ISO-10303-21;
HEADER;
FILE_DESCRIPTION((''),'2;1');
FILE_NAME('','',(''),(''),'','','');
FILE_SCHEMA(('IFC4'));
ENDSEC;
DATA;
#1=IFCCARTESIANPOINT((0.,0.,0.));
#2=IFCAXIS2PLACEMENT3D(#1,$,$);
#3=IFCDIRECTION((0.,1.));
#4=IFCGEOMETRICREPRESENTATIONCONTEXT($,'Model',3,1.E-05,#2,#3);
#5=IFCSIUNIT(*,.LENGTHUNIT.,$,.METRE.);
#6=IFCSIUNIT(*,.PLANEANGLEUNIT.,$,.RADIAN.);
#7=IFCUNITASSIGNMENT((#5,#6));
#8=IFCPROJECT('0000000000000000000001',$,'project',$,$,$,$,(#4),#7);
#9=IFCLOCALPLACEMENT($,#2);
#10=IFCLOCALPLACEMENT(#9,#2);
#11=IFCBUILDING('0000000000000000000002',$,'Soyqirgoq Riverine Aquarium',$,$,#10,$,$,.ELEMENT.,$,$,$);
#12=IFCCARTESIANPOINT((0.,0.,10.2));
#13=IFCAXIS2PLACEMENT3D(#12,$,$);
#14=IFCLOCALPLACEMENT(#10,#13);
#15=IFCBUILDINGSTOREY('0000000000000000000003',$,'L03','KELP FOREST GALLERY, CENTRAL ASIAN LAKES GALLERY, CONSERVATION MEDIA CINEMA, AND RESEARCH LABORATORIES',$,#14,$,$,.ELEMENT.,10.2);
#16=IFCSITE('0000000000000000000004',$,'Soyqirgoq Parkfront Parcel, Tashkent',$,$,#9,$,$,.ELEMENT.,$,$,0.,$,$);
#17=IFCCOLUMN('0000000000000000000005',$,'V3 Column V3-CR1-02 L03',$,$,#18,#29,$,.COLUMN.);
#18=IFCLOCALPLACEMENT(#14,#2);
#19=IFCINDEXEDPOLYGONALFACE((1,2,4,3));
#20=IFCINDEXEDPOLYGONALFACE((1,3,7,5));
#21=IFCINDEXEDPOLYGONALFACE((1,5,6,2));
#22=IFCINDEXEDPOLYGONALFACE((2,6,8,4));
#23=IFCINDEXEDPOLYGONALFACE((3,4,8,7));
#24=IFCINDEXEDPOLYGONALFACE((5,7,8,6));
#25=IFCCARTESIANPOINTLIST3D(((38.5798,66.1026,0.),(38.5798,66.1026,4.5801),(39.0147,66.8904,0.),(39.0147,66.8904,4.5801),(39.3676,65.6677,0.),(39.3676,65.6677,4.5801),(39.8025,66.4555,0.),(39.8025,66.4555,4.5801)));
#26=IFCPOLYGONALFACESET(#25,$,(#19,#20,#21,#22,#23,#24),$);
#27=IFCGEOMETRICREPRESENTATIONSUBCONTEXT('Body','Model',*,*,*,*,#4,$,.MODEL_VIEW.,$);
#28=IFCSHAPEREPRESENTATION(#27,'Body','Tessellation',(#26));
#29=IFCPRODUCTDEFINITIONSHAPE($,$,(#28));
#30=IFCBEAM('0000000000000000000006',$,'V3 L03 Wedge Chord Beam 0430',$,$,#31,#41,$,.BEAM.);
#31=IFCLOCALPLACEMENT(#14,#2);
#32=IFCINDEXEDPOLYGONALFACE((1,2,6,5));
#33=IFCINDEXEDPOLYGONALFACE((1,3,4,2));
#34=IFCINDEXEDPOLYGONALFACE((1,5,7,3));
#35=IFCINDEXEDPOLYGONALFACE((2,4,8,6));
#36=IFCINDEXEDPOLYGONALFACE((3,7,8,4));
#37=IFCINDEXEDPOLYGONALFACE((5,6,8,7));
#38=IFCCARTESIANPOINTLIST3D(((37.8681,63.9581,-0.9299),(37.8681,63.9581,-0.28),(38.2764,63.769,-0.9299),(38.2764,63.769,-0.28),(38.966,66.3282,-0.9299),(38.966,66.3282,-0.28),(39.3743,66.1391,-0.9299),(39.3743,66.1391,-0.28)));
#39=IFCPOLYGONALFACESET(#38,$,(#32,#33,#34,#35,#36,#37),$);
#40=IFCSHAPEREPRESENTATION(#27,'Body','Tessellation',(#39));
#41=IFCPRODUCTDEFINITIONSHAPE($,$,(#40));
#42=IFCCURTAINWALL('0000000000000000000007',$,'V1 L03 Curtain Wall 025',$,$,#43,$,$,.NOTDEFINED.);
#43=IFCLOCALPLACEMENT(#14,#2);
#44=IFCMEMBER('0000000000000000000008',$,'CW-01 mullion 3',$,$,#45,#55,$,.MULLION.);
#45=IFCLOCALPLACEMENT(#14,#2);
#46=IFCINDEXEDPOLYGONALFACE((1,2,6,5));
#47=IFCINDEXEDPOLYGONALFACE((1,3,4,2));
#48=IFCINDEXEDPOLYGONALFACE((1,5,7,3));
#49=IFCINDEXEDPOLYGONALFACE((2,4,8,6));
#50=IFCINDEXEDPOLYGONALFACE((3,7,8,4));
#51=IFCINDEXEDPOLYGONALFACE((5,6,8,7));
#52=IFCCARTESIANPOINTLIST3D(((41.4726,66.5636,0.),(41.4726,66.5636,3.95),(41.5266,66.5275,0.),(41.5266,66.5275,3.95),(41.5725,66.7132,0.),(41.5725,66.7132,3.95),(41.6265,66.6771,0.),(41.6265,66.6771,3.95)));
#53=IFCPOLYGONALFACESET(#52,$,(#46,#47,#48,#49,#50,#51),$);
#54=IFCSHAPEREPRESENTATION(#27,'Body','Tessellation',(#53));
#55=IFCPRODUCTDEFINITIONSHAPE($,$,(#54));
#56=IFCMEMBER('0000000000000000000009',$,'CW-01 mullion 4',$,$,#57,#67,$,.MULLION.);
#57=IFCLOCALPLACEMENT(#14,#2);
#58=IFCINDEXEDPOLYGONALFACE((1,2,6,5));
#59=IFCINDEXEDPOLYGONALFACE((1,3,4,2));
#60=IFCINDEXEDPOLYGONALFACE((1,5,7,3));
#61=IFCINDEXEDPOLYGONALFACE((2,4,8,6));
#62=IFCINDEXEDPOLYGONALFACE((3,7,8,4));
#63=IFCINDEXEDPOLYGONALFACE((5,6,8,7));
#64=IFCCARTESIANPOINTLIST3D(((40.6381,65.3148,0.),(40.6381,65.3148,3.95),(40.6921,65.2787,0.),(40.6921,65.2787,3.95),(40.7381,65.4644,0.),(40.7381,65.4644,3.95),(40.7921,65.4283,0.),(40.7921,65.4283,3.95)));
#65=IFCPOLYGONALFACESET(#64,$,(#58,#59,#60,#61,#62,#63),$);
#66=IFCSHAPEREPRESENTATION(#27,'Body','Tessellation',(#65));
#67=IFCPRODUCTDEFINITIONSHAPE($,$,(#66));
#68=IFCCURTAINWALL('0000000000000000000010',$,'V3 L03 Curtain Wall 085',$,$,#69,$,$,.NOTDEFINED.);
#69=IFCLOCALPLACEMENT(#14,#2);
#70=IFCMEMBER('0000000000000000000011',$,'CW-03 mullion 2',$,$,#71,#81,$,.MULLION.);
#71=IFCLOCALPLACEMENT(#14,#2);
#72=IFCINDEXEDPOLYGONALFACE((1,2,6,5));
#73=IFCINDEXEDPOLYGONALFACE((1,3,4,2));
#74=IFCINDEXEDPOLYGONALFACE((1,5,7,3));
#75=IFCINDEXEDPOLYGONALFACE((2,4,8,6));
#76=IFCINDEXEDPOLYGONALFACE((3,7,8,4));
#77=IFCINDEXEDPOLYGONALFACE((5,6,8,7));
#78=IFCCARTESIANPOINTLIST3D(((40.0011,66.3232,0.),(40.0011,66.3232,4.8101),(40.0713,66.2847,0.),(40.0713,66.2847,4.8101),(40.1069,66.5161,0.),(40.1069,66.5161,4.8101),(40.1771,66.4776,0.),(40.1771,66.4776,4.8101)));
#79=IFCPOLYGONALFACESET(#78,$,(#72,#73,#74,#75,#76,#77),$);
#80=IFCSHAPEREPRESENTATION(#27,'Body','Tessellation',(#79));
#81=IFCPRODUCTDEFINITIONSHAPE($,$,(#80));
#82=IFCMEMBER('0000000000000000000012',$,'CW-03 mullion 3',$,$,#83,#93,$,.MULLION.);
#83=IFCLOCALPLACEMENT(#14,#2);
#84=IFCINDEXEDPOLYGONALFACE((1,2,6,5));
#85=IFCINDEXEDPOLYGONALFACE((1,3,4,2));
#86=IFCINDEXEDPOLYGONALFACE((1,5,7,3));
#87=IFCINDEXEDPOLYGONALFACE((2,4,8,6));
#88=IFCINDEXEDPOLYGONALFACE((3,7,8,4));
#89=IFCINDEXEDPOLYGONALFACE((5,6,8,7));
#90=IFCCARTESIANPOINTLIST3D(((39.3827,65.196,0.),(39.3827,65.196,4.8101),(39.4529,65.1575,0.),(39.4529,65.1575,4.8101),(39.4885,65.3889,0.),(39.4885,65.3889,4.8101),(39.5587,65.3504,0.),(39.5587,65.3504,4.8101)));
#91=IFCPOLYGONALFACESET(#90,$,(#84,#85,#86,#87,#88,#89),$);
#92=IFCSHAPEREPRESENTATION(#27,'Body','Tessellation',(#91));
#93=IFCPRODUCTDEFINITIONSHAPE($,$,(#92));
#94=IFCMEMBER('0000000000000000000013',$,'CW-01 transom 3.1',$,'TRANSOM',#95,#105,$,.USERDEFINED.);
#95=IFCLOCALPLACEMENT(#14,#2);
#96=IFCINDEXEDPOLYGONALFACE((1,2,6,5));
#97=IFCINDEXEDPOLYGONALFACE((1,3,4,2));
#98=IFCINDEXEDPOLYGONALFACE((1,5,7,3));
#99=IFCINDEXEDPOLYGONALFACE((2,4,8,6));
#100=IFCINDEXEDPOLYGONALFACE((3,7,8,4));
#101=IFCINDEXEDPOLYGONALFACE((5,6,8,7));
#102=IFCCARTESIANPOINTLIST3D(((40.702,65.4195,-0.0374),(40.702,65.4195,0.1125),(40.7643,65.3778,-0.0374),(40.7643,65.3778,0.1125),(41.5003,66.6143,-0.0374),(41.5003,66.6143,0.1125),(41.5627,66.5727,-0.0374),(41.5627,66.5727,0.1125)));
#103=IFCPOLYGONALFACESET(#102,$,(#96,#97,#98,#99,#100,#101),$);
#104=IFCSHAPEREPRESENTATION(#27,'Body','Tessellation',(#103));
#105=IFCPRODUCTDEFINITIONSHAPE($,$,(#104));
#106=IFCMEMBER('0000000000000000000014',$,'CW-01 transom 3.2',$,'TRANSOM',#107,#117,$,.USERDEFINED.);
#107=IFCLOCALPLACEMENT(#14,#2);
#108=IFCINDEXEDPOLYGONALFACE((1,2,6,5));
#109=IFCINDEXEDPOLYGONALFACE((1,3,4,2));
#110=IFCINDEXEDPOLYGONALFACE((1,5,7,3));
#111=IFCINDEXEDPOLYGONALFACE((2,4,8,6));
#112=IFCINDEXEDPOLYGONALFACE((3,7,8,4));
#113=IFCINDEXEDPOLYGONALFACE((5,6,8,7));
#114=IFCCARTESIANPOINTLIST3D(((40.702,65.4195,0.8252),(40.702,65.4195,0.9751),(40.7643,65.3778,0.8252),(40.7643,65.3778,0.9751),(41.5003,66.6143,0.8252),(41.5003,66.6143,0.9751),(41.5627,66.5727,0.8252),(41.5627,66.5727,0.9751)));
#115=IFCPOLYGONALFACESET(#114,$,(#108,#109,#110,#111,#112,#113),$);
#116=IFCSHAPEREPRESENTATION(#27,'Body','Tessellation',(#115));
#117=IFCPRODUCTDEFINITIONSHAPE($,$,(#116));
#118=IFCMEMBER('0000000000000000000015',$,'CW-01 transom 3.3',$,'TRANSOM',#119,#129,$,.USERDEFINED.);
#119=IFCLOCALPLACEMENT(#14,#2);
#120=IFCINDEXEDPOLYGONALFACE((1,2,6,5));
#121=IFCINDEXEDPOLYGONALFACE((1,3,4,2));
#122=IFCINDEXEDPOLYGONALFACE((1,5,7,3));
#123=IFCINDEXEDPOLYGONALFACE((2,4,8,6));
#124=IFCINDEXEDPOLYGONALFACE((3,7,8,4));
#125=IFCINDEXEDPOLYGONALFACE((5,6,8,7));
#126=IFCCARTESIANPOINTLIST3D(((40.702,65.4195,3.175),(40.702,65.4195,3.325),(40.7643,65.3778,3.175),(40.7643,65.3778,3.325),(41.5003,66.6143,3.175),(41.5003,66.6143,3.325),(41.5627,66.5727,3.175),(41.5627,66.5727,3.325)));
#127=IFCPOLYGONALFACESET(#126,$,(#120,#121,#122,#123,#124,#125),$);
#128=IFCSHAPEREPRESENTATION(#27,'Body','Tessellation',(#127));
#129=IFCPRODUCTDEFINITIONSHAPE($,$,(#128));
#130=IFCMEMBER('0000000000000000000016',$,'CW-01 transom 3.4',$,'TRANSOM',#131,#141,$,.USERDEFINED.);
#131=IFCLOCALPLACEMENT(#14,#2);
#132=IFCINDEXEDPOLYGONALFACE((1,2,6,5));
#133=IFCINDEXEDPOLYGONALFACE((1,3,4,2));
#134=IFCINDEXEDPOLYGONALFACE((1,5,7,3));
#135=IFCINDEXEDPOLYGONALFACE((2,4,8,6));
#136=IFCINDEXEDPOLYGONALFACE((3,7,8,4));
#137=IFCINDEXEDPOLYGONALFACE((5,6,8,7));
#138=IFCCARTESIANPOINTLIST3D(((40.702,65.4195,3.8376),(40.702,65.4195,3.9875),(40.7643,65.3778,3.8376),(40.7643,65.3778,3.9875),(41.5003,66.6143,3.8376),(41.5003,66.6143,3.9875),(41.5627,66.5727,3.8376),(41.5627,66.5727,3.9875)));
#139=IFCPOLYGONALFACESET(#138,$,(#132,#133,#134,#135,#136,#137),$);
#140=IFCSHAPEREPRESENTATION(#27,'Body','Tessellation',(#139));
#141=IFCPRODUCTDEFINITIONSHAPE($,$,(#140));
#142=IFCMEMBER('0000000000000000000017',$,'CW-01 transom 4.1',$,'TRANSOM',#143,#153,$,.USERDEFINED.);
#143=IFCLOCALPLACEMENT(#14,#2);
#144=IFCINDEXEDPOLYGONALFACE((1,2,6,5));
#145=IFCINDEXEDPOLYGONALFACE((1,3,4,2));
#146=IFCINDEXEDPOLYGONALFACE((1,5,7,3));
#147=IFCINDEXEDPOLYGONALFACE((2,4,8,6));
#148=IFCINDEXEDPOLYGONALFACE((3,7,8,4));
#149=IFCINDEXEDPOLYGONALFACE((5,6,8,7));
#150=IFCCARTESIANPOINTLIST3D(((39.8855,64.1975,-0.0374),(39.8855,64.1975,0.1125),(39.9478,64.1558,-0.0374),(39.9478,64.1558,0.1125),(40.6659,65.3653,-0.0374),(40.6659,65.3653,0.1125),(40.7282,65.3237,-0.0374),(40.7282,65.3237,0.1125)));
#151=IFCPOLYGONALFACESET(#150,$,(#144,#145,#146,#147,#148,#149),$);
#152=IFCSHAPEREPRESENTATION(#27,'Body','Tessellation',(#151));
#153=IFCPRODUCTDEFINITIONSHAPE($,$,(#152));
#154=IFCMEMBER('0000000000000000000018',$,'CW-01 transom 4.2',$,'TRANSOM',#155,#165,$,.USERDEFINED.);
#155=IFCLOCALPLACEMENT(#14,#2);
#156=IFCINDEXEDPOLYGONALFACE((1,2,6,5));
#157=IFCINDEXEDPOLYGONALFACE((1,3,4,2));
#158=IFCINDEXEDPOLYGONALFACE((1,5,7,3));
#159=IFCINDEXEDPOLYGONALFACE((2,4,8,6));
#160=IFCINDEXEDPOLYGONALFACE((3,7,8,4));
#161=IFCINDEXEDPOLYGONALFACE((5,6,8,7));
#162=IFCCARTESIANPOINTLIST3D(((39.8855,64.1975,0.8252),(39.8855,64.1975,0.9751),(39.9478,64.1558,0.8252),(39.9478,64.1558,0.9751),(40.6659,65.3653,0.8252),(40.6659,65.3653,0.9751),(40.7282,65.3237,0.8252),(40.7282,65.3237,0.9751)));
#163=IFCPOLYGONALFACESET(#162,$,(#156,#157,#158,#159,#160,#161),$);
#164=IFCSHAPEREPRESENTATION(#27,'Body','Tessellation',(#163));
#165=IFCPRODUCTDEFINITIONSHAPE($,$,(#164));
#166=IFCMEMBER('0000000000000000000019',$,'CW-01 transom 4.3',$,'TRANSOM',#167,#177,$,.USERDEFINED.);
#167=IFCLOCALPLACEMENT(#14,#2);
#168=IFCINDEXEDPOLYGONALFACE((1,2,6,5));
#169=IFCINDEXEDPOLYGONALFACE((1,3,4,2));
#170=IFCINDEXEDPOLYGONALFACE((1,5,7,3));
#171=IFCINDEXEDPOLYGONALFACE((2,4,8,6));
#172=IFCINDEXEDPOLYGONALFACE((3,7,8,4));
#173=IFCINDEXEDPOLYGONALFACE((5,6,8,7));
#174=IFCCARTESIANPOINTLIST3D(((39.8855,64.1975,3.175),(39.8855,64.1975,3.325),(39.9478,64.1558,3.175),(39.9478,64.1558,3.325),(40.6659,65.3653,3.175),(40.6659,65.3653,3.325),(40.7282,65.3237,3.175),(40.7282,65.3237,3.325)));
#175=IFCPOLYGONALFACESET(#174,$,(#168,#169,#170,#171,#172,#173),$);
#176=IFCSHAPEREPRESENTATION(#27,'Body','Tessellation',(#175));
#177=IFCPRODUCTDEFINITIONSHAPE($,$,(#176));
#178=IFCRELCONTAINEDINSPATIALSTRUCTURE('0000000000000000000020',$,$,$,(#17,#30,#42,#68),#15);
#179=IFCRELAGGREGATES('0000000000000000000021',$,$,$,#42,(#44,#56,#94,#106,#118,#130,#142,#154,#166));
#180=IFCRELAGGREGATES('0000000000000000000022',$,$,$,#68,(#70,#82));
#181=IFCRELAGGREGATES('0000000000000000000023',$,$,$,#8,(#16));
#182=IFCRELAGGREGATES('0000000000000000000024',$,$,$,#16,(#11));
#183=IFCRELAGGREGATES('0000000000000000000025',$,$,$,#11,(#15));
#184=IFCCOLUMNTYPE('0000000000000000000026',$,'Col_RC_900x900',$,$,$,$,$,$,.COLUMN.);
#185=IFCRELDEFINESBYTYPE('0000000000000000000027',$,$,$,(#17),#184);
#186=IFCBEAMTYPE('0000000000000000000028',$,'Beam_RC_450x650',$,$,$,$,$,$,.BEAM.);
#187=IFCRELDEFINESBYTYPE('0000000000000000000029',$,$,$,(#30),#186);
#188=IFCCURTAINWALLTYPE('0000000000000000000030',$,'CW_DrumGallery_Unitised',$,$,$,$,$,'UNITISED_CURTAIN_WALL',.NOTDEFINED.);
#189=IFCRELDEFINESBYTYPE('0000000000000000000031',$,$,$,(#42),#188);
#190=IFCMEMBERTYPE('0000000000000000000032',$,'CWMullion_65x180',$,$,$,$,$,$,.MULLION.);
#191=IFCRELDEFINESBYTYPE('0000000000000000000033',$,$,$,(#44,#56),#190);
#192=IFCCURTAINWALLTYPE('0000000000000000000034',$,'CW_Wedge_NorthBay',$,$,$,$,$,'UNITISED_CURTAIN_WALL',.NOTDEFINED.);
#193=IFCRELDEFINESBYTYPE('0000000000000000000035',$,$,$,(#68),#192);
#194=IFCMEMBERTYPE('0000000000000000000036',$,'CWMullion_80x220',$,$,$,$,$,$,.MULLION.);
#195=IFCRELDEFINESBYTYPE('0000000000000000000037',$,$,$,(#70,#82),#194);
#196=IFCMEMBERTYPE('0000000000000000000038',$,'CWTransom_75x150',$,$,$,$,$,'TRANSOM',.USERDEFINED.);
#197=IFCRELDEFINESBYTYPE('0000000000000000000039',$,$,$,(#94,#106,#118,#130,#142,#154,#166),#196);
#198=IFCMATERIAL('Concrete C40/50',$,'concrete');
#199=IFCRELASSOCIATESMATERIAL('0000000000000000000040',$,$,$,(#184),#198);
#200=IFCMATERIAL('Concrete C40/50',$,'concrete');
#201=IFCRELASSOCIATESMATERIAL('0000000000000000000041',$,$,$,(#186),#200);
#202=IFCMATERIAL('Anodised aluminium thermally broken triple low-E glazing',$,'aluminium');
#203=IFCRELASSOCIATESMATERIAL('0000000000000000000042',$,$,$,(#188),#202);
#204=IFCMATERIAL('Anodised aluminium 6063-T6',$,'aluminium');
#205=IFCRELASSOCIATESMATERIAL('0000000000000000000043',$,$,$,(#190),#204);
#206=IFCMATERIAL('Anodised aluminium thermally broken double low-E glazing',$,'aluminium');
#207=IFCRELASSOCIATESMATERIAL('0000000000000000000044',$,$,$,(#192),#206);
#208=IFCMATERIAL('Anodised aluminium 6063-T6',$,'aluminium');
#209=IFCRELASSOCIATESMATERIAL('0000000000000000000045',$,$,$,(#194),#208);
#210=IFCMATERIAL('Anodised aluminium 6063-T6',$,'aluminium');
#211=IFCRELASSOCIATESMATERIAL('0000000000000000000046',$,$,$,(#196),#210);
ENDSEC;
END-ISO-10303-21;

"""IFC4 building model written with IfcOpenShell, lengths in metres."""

from ifc_helpers import new_model, si_unit, direction, frame, origin, origin_2d, place, context, subcontext, project, spatial, rectangle, extrude, material, material_profile, profile_set, type_object, element, aggregate, save


model = new_model("IFC4")

# Units and contexts
model_context = context("Model", 3, precision=1e-05, world=origin(), true_north=direction((0.0, 1.0)))
body_context = subcontext(model_context, "Body", "Model", "MODEL_VIEW")
ifc_project = project(units=[si_unit("LENGTHUNIT", "METRE"), si_unit("PLANEANGLEUNIT", "RADIAN")], contexts=[model_context])

# Site, building, storey
site_placement = place(None, origin())
site = spatial("IfcSite", under=ifc_project, at=site_placement, Name="Soyqirgoq Parkfront Parcel, Tashkent", CompositionType="ELEMENT", RefElevation=0.0)
building_placement = place(site_placement, origin())
building = spatial("IfcBuilding", under=site, at=building_placement, Name="Soyqirgoq Riverine Aquarium", CompositionType="ELEMENT")
storey_placement = place(building_placement, frame((0.0, 0.0, 10.2)))
storey = spatial("IfcBuildingStorey", under=building, at=storey_placement, Name="L03", Description="KELP FOREST GALLERY, CENTRAL ASIAN LAKES GALLERY, CONSERVATION MEDIA CINEMA, AND RESEARCH LABORATORIES", CompositionType="ELEMENT", Elevation=10.2)

# Column
ifc_material_1 = material(Name="Concrete C40/50", Category="concrete")
ifc_material_profile_1 = material_profile(ifc_material_1, rectangle(XDim=0.8999, YDim=0.8999, at=origin_2d()), Name="RC 900x900")
ifc_profile_set_1 = profile_set([ifc_material_profile_1], Name="Concrete C40/50")
column_type = type_object("IfcColumnType", Name="Col_RC_900x900", PredefinedType="COLUMN", material=ifc_profile_set_1)
column_placement = place(storey_placement, frame((39.1912, 66.2791, 0.0), z_axis=(0.0, 0.0, 1.0), x_axis=(-0.875465, 0.483282, 0.0)))
element("IfcColumn", 1, at=column_placement, inside=storey, type_object=column_type, Name="V3 Column V3-CR1-02 L03", PredefinedType="COLUMN", context=body_context, shape_type="SweptSolid", body=[
    extrude(rectangle(XDim=0.8999, YDim=0.8999, at=origin_2d()), origin(), (0.0, 0.0, 1.0), 4.5801),
])

# Beam
ifc_material_2 = material(Name="Concrete C40/50", Category="concrete")
ifc_material_profile_2 = material_profile(ifc_material_2, rectangle(XDim=0.45, YDim=0.6499, at=origin_2d()), Name="RC 450x650")
ifc_profile_set_2 = profile_set([ifc_material_profile_2], Name="Concrete C40/50")
beam_type_1 = type_object("IfcBeamType", Name="Beam_RC_450x650", PredefinedType="BEAM", material=ifc_profile_set_2)
beam_1_placement = place(storey_placement, frame((39.1702, 66.2336, -0.605), z_axis=(-0.42032, -0.907376, 0.0), x_axis=(0.907376, -0.42032, 0.0)))
element("IfcBeam", 2, at=beam_1_placement, inside=storey, type_object=beam_type_1, Name="V3 L03 Wedge Chord Beam 0430", PredefinedType="BEAM", context=body_context, shape_type="SweptSolid", body=[
    extrude(rectangle(XDim=0.45, YDim=0.6499, at=origin_2d()), origin(), (0.0, 0.0, 1.0), 2.6121),
])

# Curtain walls, members
ifc_material_3 = material(Name="Anodised aluminium thermally broken triple low-E glazing", Category="aluminium")
curtain_wall_type_1 = type_object("IfcCurtainWallType", Name="CW_DrumGallery_Unitised", ElementType="UNITISED_CURTAIN_WALL", PredefinedType="NOTDEFINED", material=ifc_material_3)
curtain_wall_1_placement = place(storey_placement, origin())
curtain_wall_1 = element("IfcCurtainWall", 3, at=curtain_wall_1_placement, inside=storey, type_object=curtain_wall_type_1, Name="V1 L03 Curtain Wall 025", PredefinedType="NOTDEFINED")
ifc_material_4 = material(Name="Anodised aluminium 6063-T6", Category="aluminium")
ifc_material_profile_3 = material_profile(ifc_material_4, rectangle(XDim=0.0649, YDim=0.1799, at=origin_2d()), Name="ALU-M 65x180")
ifc_profile_set_3 = profile_set([ifc_material_profile_3], Name="Anodised aluminium 6063-T6")
member_type_1 = type_object("IfcMemberType", Name="CWMullion_65x180", PredefinedType="MULLION", material=ifc_profile_set_3)
member_1_placement = place(storey_placement, frame((41.5496, 66.6204, 0.0), z_axis=(0.0, 0.0, 1.0), x_axis=(0.831469, -0.555572, 0.0)))
member_1 = element("IfcMember", 4, at=member_1_placement, type_object=member_type_1, Name="CW-01 mullion 3", PredefinedType="MULLION", context=body_context, shape_type="SweptSolid", body=[
    extrude(rectangle(XDim=0.0649, YDim=0.1799, at=origin_2d()), origin(), (0.0, 0.0, 1.0), 3.95),
])
member_2_placement = place(storey_placement, frame((40.7151, 65.3716, 0.0), z_axis=(0.0, 0.0, 1.0), x_axis=(0.831469, -0.555572, 0.0)))
member_2 = element("IfcMember", 5, at=member_2_placement, type_object=member_type_1, Name="CW-01 mullion 4", PredefinedType="MULLION", context=body_context, shape_type="SweptSolid", body=[
    extrude(rectangle(XDim=0.0649, YDim=0.1799, at=origin_2d()), origin(), (0.0, 0.0, 1.0), 3.95),
])
ifc_material_5 = material(Name="Anodised aluminium thermally broken double low-E glazing", Category="aluminium")
curtain_wall_type_2 = type_object("IfcCurtainWallType", Name="CW_Wedge_NorthBay", ElementType="UNITISED_CURTAIN_WALL", PredefinedType="NOTDEFINED", material=ifc_material_5)
curtain_wall_2_placement = place(storey_placement, origin())
curtain_wall_2 = element("IfcCurtainWall", 6, at=curtain_wall_2_placement, inside=storey, type_object=curtain_wall_type_2, Name="V3 L03 Curtain Wall 085", PredefinedType="NOTDEFINED")
ifc_material_6 = material(Name="Anodised aluminium 6063-T6", Category="aluminium")
ifc_material_profile_4 = material_profile(ifc_material_6, rectangle(XDim=0.0801, YDim=0.22, at=origin_2d()), Name="ALU-M 80x220")
ifc_profile_set_4 = profile_set([ifc_material_profile_4], Name="Anodised aluminium 6063-T6")
member_type_2 = type_object("IfcMemberType", Name="CWMullion_80x220", PredefinedType="MULLION", material=ifc_profile_set_4)
member_3_placement = place(storey_placement, frame((40.0891, 66.4004, 0.0), z_axis=(0.0, 0.0, 1.0), x_axis=(0.876811, -0.480835, 0.0)))
member_3 = element("IfcMember", 7, at=member_3_placement, type_object=member_type_2, Name="CW-03 mullion 2", PredefinedType="MULLION", context=body_context, shape_type="SweptSolid", body=[
    extrude(rectangle(XDim=0.0801, YDim=0.22, at=origin_2d()), origin(), (0.0, 0.0, 1.0), 4.8101),
])
member_4_placement = place(storey_placement, frame((39.4707, 65.2732, 0.0), z_axis=(0.0, 0.0, 1.0), x_axis=(0.876811, -0.480835, 0.0)))
member_4 = element("IfcMember", 8, at=member_4_placement, type_object=member_type_2, Name="CW-03 mullion 3", PredefinedType="MULLION", context=body_context, shape_type="SweptSolid", body=[
    extrude(rectangle(XDim=0.0801, YDim=0.22, at=origin_2d()), origin(), (0.0, 0.0, 1.0), 4.8101),
])

# Members
ifc_material_7 = material(Name="Anodised aluminium 6063-T6", Category="aluminium")
ifc_material_profile_5 = material_profile(ifc_material_7, rectangle(XDim=0.075, YDim=0.1499, at=origin_2d()), Name="ALU-T 75x150")
ifc_profile_set_5 = profile_set([ifc_material_profile_5], Name="Anodised aluminium 6063-T6")
member_type_3 = type_object("IfcMemberType", Name="CWTransom_75x150", ElementType="TRANSOM", PredefinedType="USERDEFINED", material=ifc_profile_set_5)
member_5_placement = place(storey_placement, frame((41.5315, 66.5935, 0.0376), z_axis=(-0.555562, -0.831475, 0.0), x_axis=(0.831475, -0.555562, 0.0)))
member_5 = element("IfcMember", 9, at=member_5_placement, type_object=member_type_3, Name="CW-01 transom 3.1", ObjectType="TRANSOM", PredefinedType="USERDEFINED", context=body_context, shape_type="SweptSolid", body=[
    extrude(rectangle(XDim=0.075, YDim=0.1499, at=origin_2d()), origin(), (0.0, 0.0, 1.0), 1.437),
])
member_6_placement = place(storey_placement, frame((41.5315, 66.5935, 0.9001), z_axis=(-0.555562, -0.831475, 0.0), x_axis=(0.831475, -0.555562, 0.0)))
member_6 = element("IfcMember", 10, at=member_6_placement, type_object=member_type_3, Name="CW-01 transom 3.2", ObjectType="TRANSOM", PredefinedType="USERDEFINED", context=body_context, shape_type="SweptSolid", body=[
    extrude(rectangle(XDim=0.075, YDim=0.1499, at=origin_2d()), origin(), (0.0, 0.0, 1.0), 1.437),
])
member_7_placement = place(storey_placement, frame((41.5315, 66.5935, 3.25), z_axis=(-0.555562, -0.831475, 0.0), x_axis=(0.831475, -0.555562, 0.0)))
member_7 = element("IfcMember", 11, at=member_7_placement, type_object=member_type_3, Name="CW-01 transom 3.3", ObjectType="TRANSOM", PredefinedType="USERDEFINED", context=body_context, shape_type="SweptSolid", body=[
    extrude(rectangle(XDim=0.075, YDim=0.1499, at=origin_2d()), origin(), (0.0, 0.0, 1.0), 1.437),
])
member_8_placement = place(storey_placement, frame((41.5315, 66.5935, 3.9126), z_axis=(-0.555562, -0.831475, 0.0), x_axis=(0.831475, -0.555562, 0.0)))
member_8 = element("IfcMember", 12, at=member_8_placement, type_object=member_type_3, Name="CW-01 transom 3.4", ObjectType="TRANSOM", PredefinedType="USERDEFINED", context=body_context, shape_type="SweptSolid", body=[
    extrude(rectangle(XDim=0.075, YDim=0.1499, at=origin_2d()), origin(), (0.0, 0.0, 1.0), 1.437),
])
member_9_placement = place(storey_placement, frame((40.697, 65.3445, 0.0376), z_axis=(-0.555582, -0.831461, 0.0), x_axis=(0.831461, -0.555582, 0.0)))
member_9 = element("IfcMember", 13, at=member_9_placement, type_object=member_type_3, Name="CW-01 transom 4.1", ObjectType="TRANSOM", PredefinedType="USERDEFINED", context=body_context, shape_type="SweptSolid", body=[
    extrude(rectangle(XDim=0.075, YDim=0.1499, at=origin_2d()), origin(), (0.0, 0.0, 1.0), 1.4045),
])
member_10_placement = place(storey_placement, frame((40.697, 65.3445, 0.9001), z_axis=(-0.555582, -0.831461, 0.0), x_axis=(0.831461, -0.555582, 0.0)))
member_10 = element("IfcMember", 14, at=member_10_placement, type_object=member_type_3, Name="CW-01 transom 4.2", ObjectType="TRANSOM", PredefinedType="USERDEFINED", context=body_context, shape_type="SweptSolid", body=[
    extrude(rectangle(XDim=0.075, YDim=0.1499, at=origin_2d()), origin(), (0.0, 0.0, 1.0), 1.4045),
])
member_11_placement = place(storey_placement, frame((40.697, 65.3445, 3.25), z_axis=(-0.555582, -0.831461, 0.0), x_axis=(0.831461, -0.555582, 0.0)))
member_11 = element("IfcMember", 15, at=member_11_placement, type_object=member_type_3, Name="CW-01 transom 4.3", ObjectType="TRANSOM", PredefinedType="USERDEFINED", context=body_context, shape_type="SweptSolid", body=[
    extrude(rectangle(XDim=0.075, YDim=0.1499, at=origin_2d()), origin(), (0.0, 0.0, 1.0), 1.4045),
])

aggregate(curtain_wall_1, [member_1, member_2, member_5, member_6, member_7, member_8, member_9, member_10, member_11])
aggregate(curtain_wall_2, [member_3, member_4])

save(model, "model.ifc")
